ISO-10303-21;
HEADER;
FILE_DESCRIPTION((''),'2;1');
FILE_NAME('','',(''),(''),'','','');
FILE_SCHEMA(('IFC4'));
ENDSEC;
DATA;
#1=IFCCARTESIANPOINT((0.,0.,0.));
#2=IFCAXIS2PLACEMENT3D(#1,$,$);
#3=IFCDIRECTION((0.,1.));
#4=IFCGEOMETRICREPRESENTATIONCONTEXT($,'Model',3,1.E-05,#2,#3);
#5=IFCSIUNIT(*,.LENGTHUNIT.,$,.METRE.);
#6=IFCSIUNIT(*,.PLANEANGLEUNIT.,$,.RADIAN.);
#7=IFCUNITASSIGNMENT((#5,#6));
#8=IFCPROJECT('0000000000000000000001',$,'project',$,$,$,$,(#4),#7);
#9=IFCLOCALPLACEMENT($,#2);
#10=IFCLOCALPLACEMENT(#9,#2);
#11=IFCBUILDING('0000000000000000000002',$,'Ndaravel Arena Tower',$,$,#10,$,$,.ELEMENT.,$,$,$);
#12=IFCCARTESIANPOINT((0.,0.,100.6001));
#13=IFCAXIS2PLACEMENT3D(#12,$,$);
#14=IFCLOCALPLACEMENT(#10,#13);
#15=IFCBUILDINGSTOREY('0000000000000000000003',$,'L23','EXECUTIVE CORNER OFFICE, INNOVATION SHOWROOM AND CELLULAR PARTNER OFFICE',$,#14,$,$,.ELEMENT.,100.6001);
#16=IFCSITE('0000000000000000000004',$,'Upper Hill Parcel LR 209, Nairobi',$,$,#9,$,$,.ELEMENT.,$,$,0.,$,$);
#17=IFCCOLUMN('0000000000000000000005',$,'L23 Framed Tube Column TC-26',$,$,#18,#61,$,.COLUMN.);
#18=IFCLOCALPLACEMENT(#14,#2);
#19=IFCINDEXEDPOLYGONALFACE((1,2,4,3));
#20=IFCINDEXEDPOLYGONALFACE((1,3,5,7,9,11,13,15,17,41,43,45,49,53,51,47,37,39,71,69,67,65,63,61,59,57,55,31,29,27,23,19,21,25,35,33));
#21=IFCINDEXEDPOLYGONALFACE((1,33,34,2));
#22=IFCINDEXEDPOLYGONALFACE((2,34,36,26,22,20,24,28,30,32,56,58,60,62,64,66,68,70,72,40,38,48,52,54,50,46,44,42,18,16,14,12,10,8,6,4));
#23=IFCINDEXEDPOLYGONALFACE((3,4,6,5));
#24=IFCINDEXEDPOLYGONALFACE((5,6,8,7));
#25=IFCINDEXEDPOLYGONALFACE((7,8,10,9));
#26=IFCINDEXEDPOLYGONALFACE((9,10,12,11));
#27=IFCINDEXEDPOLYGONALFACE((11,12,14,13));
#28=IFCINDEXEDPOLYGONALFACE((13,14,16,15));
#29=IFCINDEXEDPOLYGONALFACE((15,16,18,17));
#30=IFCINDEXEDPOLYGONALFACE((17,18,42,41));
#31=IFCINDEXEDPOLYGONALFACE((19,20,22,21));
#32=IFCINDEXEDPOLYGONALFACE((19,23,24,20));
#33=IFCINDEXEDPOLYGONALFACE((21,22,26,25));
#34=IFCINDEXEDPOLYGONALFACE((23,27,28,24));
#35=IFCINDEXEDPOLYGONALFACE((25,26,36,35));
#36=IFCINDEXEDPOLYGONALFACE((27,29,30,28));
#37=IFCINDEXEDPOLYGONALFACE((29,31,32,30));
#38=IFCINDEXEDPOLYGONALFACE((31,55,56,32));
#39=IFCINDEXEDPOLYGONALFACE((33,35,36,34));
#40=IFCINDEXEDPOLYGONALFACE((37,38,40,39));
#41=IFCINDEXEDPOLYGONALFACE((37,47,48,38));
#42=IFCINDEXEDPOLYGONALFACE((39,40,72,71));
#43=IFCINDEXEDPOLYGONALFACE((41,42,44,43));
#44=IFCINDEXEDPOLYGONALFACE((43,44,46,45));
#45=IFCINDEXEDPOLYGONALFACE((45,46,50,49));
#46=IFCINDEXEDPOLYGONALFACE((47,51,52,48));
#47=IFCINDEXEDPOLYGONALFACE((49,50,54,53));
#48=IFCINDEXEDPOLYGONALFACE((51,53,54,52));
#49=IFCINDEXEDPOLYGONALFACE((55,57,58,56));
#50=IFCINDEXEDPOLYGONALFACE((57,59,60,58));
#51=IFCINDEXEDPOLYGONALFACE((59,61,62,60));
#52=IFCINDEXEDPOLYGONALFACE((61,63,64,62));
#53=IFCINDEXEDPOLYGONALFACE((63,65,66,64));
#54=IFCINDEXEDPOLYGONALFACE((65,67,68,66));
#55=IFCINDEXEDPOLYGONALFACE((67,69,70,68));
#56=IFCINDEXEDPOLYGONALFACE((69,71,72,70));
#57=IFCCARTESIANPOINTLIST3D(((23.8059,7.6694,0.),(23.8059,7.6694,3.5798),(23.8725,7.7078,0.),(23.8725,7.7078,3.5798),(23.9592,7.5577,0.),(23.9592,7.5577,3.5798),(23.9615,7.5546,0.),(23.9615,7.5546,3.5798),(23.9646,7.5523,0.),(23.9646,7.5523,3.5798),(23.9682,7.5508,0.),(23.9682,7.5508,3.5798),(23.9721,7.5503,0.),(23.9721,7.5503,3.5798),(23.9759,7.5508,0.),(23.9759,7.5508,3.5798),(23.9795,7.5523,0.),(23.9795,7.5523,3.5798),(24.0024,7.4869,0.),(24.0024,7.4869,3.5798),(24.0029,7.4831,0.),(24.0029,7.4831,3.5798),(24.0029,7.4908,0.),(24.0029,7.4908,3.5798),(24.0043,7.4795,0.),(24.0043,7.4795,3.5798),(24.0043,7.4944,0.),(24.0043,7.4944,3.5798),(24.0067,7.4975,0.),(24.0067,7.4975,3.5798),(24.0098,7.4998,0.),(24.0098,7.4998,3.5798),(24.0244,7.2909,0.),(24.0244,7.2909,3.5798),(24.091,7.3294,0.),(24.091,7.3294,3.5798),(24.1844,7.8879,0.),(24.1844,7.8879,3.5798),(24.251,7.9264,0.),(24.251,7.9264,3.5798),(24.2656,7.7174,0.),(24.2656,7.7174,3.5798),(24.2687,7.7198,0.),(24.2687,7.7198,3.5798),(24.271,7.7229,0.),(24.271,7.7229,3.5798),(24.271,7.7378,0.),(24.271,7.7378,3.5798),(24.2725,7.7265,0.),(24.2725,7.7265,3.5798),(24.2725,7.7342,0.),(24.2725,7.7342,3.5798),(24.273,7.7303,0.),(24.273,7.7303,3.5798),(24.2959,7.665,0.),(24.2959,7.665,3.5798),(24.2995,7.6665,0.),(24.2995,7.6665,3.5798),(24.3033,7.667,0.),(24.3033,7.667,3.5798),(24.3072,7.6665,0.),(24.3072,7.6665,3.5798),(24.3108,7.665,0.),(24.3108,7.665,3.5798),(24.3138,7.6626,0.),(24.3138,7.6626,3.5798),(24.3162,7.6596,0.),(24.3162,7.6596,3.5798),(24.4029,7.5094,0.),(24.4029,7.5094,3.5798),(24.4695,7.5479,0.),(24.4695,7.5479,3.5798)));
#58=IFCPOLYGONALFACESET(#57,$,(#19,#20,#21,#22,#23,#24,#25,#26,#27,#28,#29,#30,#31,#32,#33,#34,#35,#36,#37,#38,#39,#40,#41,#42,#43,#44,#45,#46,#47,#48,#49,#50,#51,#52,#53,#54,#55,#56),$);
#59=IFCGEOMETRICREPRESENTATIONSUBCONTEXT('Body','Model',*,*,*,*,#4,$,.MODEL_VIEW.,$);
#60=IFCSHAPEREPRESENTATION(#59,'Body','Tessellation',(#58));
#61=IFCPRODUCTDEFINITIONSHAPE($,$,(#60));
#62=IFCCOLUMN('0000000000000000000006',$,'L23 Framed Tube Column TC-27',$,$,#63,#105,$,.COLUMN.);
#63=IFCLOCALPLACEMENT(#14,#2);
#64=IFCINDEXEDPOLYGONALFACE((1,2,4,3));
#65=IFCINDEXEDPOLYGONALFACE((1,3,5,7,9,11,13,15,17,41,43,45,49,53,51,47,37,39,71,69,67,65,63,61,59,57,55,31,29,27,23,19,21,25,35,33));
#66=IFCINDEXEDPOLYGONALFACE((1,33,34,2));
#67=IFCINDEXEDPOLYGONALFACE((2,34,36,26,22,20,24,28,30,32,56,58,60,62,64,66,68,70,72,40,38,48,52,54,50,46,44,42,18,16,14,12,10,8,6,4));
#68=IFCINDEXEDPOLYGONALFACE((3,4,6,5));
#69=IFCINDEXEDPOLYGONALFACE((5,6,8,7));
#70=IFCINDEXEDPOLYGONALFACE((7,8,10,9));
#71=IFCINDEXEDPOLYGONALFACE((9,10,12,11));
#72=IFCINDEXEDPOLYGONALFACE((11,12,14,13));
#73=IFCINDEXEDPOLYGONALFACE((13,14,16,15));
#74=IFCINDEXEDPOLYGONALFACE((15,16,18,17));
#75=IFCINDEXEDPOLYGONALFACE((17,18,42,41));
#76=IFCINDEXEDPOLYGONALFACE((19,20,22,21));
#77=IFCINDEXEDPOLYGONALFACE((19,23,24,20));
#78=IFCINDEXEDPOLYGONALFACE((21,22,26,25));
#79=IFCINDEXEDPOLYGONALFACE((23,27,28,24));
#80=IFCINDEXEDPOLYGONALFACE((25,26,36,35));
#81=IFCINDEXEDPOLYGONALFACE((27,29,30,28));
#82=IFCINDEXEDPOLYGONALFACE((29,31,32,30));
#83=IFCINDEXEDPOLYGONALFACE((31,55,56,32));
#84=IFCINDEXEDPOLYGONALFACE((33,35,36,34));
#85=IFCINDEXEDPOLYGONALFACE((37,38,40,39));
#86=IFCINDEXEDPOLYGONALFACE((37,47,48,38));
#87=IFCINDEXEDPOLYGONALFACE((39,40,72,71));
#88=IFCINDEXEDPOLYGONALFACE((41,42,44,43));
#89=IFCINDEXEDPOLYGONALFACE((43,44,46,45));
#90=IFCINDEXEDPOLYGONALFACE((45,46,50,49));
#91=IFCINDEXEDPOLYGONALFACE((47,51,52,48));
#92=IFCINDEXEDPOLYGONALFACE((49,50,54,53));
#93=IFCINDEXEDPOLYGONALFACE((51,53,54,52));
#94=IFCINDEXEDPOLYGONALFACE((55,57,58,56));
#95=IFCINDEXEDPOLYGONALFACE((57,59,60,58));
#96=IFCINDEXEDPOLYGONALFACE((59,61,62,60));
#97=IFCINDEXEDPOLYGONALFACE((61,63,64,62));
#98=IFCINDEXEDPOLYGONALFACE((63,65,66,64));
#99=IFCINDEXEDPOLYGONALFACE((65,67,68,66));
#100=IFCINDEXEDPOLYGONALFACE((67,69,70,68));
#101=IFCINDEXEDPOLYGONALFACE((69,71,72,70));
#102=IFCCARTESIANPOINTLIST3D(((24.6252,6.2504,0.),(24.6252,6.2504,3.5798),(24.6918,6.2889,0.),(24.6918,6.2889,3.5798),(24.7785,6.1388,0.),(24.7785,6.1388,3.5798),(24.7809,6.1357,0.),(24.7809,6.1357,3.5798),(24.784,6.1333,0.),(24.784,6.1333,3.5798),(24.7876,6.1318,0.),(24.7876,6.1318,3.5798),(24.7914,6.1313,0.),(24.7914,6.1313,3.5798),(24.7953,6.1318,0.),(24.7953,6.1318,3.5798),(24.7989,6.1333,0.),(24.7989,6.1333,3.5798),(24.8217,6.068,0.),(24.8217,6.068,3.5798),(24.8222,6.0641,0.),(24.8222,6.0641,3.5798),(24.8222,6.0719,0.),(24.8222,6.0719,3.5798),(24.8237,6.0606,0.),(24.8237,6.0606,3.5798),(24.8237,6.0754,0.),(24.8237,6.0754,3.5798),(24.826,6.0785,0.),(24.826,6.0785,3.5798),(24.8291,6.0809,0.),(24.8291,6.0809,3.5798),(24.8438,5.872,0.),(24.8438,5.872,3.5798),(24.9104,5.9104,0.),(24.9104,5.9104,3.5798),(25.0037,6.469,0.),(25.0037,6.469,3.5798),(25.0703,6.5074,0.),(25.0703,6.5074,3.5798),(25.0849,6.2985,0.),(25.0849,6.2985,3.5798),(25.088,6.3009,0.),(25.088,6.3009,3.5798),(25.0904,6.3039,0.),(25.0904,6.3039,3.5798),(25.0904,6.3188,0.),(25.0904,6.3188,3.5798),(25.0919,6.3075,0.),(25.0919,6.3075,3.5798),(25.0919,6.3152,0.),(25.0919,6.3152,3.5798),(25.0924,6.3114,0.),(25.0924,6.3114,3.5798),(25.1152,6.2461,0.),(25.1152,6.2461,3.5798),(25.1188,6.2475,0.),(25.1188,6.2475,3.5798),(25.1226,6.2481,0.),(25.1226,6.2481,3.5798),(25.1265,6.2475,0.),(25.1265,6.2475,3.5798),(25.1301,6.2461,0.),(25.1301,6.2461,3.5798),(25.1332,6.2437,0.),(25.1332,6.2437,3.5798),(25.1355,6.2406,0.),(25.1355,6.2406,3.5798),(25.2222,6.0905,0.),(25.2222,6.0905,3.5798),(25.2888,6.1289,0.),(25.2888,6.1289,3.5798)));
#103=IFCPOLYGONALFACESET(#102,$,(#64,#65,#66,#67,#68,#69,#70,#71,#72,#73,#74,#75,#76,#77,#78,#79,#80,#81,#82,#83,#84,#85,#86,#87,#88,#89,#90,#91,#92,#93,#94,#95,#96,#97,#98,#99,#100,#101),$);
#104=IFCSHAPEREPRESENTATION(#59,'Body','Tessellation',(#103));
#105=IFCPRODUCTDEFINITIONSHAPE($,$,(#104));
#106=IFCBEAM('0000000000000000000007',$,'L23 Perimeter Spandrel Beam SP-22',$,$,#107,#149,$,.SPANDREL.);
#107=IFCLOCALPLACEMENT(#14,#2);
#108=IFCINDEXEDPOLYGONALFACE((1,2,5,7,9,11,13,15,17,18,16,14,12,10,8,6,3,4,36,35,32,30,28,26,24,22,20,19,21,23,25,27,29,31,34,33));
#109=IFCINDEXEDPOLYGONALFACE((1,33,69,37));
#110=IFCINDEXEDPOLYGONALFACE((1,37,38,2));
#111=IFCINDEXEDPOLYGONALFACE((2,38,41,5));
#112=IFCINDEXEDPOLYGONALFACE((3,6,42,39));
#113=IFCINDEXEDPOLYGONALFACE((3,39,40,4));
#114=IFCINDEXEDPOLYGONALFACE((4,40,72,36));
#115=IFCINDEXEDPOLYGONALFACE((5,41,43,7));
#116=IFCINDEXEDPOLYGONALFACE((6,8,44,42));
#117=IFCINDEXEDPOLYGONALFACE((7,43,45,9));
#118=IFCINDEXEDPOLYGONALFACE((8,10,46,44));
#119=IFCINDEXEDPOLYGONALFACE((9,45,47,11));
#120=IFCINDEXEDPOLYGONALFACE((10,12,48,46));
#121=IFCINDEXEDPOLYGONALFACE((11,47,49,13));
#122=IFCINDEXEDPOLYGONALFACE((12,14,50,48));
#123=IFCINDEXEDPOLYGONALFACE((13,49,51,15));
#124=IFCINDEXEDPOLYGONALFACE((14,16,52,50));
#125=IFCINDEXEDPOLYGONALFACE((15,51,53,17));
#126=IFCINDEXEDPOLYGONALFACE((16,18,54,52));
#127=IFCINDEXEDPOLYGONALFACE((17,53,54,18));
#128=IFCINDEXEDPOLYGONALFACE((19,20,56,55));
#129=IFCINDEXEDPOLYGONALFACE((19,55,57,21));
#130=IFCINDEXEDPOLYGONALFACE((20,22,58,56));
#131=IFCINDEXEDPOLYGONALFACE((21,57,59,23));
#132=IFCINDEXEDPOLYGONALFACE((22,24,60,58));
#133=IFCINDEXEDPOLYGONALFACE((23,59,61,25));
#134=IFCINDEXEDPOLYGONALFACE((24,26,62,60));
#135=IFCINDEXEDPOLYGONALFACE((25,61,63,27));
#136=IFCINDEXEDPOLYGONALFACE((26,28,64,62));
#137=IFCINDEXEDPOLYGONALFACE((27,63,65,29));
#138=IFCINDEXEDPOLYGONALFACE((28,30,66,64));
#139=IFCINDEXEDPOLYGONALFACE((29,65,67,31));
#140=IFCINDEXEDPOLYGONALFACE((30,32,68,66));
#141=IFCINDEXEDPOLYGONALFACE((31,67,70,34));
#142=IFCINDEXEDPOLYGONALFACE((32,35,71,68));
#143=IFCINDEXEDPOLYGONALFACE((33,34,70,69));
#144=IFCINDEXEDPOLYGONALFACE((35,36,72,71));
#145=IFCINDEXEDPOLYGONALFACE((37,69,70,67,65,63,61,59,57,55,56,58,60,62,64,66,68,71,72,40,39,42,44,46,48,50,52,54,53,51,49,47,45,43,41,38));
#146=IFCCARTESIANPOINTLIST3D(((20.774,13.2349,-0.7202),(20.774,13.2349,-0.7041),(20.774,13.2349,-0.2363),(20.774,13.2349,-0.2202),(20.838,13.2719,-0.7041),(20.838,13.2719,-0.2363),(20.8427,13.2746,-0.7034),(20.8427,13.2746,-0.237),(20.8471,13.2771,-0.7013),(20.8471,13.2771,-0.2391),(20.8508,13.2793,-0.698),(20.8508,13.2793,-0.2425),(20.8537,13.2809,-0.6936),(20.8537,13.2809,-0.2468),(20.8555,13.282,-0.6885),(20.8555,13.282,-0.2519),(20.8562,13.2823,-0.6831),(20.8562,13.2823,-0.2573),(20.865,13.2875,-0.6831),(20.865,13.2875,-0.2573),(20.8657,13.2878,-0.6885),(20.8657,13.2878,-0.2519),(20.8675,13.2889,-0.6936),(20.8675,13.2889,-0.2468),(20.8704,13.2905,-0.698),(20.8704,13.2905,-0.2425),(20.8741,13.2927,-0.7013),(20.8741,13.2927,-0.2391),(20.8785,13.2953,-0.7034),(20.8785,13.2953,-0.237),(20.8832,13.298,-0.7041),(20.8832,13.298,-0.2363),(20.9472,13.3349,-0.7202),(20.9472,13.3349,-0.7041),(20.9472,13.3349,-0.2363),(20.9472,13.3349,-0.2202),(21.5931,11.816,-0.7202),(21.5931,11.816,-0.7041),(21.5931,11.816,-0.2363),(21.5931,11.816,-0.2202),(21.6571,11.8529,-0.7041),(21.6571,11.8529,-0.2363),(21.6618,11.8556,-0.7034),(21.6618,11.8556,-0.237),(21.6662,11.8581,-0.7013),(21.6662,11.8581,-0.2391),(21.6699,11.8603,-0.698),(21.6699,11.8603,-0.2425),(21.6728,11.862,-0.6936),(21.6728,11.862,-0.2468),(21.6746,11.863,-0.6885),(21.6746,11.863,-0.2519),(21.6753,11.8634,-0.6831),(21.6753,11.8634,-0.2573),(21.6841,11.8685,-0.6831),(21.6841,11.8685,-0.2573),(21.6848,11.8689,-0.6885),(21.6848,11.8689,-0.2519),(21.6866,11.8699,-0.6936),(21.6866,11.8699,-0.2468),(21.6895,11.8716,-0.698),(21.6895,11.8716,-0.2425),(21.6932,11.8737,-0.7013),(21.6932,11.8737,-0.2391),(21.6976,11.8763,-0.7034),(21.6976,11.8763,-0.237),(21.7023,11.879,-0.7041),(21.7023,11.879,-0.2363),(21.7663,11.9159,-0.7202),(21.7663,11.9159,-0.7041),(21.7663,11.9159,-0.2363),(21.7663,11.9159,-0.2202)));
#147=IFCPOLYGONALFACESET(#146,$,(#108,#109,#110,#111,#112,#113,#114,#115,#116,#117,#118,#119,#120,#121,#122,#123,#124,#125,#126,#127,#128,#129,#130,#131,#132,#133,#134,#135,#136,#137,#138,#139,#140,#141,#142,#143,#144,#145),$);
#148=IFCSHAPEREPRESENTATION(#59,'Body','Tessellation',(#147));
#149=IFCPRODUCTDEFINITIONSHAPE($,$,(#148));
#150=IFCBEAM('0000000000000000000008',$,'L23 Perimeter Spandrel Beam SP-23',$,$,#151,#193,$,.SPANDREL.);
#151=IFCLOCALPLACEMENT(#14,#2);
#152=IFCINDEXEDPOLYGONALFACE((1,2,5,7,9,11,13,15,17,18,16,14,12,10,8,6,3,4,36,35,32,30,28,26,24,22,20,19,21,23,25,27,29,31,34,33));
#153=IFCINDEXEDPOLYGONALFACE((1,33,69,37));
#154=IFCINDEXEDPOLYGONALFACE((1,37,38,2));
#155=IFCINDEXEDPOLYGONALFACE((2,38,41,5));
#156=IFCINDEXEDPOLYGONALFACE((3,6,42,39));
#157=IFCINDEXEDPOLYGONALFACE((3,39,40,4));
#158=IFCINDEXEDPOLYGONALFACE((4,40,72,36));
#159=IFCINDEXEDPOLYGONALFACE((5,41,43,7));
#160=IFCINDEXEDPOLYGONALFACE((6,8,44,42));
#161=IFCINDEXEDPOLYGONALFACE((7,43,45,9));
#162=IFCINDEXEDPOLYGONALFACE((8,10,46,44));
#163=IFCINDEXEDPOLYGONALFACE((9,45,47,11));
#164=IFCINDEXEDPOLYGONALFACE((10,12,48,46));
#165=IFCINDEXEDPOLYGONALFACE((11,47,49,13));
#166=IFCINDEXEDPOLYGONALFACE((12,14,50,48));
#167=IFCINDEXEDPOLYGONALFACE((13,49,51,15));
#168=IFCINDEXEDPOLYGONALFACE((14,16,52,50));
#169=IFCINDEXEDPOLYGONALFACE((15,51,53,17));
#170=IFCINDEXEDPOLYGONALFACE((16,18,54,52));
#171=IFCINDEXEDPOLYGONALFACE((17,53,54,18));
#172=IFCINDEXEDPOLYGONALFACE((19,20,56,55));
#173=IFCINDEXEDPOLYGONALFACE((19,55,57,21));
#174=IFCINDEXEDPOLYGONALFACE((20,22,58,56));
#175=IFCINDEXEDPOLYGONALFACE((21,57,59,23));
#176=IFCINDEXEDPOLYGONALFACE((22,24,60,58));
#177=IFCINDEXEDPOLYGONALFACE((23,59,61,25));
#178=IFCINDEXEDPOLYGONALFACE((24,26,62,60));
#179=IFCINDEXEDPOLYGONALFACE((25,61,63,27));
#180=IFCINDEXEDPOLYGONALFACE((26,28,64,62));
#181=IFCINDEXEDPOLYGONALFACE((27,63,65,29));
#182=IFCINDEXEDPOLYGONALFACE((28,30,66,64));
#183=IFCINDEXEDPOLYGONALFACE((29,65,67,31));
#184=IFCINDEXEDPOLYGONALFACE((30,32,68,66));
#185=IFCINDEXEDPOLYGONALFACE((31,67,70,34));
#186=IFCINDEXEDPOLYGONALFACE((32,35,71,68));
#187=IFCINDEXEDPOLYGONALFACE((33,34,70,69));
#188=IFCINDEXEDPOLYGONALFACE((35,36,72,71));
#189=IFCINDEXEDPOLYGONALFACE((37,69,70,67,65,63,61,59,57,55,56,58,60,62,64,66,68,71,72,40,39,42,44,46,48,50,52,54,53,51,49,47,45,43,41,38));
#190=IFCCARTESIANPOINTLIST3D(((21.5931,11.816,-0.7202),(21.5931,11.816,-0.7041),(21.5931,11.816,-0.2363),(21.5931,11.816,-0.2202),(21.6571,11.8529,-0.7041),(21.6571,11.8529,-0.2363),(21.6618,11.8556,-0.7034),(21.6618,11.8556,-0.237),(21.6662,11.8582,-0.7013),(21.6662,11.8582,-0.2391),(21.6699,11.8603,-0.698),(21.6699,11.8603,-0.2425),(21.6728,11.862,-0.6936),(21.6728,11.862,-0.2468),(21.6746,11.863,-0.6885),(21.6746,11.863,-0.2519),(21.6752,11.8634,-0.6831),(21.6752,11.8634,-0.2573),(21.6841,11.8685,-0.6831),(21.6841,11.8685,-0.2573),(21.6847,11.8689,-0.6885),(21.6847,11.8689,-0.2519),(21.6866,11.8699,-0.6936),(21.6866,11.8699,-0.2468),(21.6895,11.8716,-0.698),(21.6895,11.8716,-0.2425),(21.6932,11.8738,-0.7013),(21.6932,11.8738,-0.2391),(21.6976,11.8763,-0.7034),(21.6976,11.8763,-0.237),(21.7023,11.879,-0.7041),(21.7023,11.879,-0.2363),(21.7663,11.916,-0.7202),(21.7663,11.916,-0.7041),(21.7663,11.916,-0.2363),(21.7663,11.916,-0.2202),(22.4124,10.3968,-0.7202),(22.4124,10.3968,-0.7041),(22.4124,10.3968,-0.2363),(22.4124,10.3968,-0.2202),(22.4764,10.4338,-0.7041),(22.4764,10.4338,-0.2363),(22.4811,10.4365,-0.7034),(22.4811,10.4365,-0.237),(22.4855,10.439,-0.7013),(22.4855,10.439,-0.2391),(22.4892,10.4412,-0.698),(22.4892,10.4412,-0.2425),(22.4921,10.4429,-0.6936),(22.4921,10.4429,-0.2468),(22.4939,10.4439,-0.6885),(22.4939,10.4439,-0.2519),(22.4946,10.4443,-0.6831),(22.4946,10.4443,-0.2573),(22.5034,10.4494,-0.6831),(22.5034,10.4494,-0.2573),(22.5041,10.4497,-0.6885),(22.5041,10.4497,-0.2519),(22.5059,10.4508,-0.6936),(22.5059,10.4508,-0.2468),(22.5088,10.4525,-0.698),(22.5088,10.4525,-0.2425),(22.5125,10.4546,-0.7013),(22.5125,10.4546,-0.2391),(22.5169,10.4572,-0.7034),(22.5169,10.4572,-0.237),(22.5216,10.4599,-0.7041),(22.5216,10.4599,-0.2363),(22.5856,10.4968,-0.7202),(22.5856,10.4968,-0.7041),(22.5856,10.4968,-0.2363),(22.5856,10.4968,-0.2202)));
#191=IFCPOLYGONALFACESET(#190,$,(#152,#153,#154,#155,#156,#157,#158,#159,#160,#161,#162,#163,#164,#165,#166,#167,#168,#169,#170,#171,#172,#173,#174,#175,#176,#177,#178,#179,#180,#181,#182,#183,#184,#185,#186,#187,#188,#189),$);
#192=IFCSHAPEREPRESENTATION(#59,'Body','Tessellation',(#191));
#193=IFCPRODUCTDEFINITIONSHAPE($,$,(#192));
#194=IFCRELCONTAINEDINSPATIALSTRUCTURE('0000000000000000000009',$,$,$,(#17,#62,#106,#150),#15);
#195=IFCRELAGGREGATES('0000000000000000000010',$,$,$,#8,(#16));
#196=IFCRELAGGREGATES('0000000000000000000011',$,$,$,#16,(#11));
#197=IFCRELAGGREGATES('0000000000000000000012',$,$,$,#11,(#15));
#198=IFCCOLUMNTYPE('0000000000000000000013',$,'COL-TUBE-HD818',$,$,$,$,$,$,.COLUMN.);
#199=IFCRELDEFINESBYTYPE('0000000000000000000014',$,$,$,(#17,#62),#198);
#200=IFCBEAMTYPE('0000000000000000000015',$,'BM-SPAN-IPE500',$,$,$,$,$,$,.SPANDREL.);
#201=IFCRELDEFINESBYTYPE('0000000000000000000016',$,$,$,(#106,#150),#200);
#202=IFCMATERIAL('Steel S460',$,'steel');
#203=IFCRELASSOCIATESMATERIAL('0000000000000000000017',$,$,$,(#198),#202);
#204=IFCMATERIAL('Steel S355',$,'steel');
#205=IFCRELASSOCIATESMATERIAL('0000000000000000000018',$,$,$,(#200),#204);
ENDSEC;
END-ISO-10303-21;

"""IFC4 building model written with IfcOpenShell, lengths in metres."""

from ifc_helpers import new_model, si_unit, direction, frame, origin, origin_2d, place, context, subcontext, project, spatial, i_section, extrude, material, material_profile, profile_set, type_object, element, save


model = new_model("IFC4")

# Units and contexts
model_context = context("Model", 3, precision=1e-05, world=origin(), true_north=direction((0.0, 1.0)))
body_context = subcontext(model_context, "Body", "Model", "MODEL_VIEW")
ifc_project = project(units=[si_unit("LENGTHUNIT", "METRE"), si_unit("PLANEANGLEUNIT", "RADIAN")], contexts=[model_context])

# Site, building, storey
site_placement = place(None, origin())
site = spatial("IfcSite", under=ifc_project, at=site_placement, Name="Upper Hill Parcel LR 209, Nairobi", CompositionType="ELEMENT", RefElevation=0.0)
building_placement = place(site_placement, origin())
building = spatial("IfcBuilding", under=site, at=building_placement, Name="Ndaravel Arena Tower", CompositionType="ELEMENT")
storey_placement = place(building_placement, frame((0.0, 0.0, 100.6001)))
storey = spatial("IfcBuildingStorey", under=building, at=storey_placement, Name="L23", Description="EXECUTIVE CORNER OFFICE, INNOVATION SHOWROOM AND CELLULAR PARTNER OFFICE", CompositionType="ELEMENT", Elevation=100.6001)

# Columns
ifc_material_1 = material(Name="Steel S460", Category="steel")
ifc_material_profile_1 = material_profile(ifc_material_1, i_section(OverallWidth=0.437, OverallDepth=0.5139, WebThickness=0.0605, FlangeThickness=0.0769, FilletRadius=0.0149, at=origin_2d()), Name="HD 400x818")
ifc_profile_set_1 = profile_set([ifc_material_profile_1], Name="Steel S460")
column_type = type_object("IfcColumnType", Name="COL-TUBE-HD818", PredefinedType="COLUMN", material=ifc_profile_set_1)
for number, where, z_axis, x_axis, name in (
    (1, (24.1377, 7.6086, 0.0), (0.0, 0.0, 1.0), (-0.5, 0.866025, 0.0), "L23 Framed Tube Column TC-26"),
    (2, (24.957, 6.1897, 0.0), (0.0, 0.0, 1.0), (-0.5, 0.866025, 0.0), "L23 Framed Tube Column TC-27"),
):
    element("IfcColumn", number, at=place(storey_placement, frame(where, z_axis=z_axis, x_axis=x_axis)), inside=storey, type_object=column_type, Name=name, PredefinedType="COLUMN", context=body_context, shape_type="SweptSolid", body=[
        extrude(i_section(OverallWidth=0.437, OverallDepth=0.5139, WebThickness=0.0605, FlangeThickness=0.0769, FilletRadius=0.0149, at=origin_2d()), origin(), (0.0, 0.0, 1.0), 3.5798),
    ])

# Beams
ifc_material_2 = material(Name="Steel S355", Category="steel")
ifc_material_profile_2 = material_profile(ifc_material_2, i_section(OverallWidth=0.2, OverallDepth=0.5, WebThickness=0.0103, FlangeThickness=0.0161, FilletRadius=0.021, at=origin_2d()), Name="IPE 500")
ifc_profile_set_2 = profile_set([ifc_material_profile_2], Name="Steel S355")
beam_type = type_object("IfcBeamType", Name="BM-SPAN-IPE500", PredefinedType="SPANDREL", material=ifc_profile_set_2)
beam_1_placement = place(storey_placement, frame((20.8606, 13.2849, -0.4702), z_axis=(0.499937, -0.866062, 0.0), x_axis=(0.866062, 0.499937, 0.0)))
element("IfcBeam", 3, at=beam_1_placement, inside=storey, type_object=beam_type, Name="L23 Perimeter Spandrel Beam SP-22", PredefinedType="SPANDREL", context=body_context, shape_type="SweptSolid", body=[
    extrude(i_section(OverallWidth=0.2, OverallDepth=0.5, WebThickness=0.0103, FlangeThickness=0.0161, FilletRadius=0.021, at=origin_2d()), origin(), (0.0, 0.0, 1.0), 1.6384),
])
beam_2_placement = place(storey_placement, frame((21.6797, 11.866, -0.4702), z_axis=(0.499985, -0.866034, 0.0), x_axis=(0.866034, 0.499985, 0.0)))
element("IfcBeam", 4, at=beam_2_placement, inside=storey, type_object=beam_type, Name="L23 Perimeter Spandrel Beam SP-23", PredefinedType="SPANDREL", context=body_context, shape_type="SweptSolid", body=[
    extrude(i_section(OverallWidth=0.2, OverallDepth=0.5, WebThickness=0.0103, FlangeThickness=0.0161, FilletRadius=0.021, at=origin_2d()), origin(), (0.0, 0.0, 1.0), 1.6387),
])

save(model, "model.ifc")
